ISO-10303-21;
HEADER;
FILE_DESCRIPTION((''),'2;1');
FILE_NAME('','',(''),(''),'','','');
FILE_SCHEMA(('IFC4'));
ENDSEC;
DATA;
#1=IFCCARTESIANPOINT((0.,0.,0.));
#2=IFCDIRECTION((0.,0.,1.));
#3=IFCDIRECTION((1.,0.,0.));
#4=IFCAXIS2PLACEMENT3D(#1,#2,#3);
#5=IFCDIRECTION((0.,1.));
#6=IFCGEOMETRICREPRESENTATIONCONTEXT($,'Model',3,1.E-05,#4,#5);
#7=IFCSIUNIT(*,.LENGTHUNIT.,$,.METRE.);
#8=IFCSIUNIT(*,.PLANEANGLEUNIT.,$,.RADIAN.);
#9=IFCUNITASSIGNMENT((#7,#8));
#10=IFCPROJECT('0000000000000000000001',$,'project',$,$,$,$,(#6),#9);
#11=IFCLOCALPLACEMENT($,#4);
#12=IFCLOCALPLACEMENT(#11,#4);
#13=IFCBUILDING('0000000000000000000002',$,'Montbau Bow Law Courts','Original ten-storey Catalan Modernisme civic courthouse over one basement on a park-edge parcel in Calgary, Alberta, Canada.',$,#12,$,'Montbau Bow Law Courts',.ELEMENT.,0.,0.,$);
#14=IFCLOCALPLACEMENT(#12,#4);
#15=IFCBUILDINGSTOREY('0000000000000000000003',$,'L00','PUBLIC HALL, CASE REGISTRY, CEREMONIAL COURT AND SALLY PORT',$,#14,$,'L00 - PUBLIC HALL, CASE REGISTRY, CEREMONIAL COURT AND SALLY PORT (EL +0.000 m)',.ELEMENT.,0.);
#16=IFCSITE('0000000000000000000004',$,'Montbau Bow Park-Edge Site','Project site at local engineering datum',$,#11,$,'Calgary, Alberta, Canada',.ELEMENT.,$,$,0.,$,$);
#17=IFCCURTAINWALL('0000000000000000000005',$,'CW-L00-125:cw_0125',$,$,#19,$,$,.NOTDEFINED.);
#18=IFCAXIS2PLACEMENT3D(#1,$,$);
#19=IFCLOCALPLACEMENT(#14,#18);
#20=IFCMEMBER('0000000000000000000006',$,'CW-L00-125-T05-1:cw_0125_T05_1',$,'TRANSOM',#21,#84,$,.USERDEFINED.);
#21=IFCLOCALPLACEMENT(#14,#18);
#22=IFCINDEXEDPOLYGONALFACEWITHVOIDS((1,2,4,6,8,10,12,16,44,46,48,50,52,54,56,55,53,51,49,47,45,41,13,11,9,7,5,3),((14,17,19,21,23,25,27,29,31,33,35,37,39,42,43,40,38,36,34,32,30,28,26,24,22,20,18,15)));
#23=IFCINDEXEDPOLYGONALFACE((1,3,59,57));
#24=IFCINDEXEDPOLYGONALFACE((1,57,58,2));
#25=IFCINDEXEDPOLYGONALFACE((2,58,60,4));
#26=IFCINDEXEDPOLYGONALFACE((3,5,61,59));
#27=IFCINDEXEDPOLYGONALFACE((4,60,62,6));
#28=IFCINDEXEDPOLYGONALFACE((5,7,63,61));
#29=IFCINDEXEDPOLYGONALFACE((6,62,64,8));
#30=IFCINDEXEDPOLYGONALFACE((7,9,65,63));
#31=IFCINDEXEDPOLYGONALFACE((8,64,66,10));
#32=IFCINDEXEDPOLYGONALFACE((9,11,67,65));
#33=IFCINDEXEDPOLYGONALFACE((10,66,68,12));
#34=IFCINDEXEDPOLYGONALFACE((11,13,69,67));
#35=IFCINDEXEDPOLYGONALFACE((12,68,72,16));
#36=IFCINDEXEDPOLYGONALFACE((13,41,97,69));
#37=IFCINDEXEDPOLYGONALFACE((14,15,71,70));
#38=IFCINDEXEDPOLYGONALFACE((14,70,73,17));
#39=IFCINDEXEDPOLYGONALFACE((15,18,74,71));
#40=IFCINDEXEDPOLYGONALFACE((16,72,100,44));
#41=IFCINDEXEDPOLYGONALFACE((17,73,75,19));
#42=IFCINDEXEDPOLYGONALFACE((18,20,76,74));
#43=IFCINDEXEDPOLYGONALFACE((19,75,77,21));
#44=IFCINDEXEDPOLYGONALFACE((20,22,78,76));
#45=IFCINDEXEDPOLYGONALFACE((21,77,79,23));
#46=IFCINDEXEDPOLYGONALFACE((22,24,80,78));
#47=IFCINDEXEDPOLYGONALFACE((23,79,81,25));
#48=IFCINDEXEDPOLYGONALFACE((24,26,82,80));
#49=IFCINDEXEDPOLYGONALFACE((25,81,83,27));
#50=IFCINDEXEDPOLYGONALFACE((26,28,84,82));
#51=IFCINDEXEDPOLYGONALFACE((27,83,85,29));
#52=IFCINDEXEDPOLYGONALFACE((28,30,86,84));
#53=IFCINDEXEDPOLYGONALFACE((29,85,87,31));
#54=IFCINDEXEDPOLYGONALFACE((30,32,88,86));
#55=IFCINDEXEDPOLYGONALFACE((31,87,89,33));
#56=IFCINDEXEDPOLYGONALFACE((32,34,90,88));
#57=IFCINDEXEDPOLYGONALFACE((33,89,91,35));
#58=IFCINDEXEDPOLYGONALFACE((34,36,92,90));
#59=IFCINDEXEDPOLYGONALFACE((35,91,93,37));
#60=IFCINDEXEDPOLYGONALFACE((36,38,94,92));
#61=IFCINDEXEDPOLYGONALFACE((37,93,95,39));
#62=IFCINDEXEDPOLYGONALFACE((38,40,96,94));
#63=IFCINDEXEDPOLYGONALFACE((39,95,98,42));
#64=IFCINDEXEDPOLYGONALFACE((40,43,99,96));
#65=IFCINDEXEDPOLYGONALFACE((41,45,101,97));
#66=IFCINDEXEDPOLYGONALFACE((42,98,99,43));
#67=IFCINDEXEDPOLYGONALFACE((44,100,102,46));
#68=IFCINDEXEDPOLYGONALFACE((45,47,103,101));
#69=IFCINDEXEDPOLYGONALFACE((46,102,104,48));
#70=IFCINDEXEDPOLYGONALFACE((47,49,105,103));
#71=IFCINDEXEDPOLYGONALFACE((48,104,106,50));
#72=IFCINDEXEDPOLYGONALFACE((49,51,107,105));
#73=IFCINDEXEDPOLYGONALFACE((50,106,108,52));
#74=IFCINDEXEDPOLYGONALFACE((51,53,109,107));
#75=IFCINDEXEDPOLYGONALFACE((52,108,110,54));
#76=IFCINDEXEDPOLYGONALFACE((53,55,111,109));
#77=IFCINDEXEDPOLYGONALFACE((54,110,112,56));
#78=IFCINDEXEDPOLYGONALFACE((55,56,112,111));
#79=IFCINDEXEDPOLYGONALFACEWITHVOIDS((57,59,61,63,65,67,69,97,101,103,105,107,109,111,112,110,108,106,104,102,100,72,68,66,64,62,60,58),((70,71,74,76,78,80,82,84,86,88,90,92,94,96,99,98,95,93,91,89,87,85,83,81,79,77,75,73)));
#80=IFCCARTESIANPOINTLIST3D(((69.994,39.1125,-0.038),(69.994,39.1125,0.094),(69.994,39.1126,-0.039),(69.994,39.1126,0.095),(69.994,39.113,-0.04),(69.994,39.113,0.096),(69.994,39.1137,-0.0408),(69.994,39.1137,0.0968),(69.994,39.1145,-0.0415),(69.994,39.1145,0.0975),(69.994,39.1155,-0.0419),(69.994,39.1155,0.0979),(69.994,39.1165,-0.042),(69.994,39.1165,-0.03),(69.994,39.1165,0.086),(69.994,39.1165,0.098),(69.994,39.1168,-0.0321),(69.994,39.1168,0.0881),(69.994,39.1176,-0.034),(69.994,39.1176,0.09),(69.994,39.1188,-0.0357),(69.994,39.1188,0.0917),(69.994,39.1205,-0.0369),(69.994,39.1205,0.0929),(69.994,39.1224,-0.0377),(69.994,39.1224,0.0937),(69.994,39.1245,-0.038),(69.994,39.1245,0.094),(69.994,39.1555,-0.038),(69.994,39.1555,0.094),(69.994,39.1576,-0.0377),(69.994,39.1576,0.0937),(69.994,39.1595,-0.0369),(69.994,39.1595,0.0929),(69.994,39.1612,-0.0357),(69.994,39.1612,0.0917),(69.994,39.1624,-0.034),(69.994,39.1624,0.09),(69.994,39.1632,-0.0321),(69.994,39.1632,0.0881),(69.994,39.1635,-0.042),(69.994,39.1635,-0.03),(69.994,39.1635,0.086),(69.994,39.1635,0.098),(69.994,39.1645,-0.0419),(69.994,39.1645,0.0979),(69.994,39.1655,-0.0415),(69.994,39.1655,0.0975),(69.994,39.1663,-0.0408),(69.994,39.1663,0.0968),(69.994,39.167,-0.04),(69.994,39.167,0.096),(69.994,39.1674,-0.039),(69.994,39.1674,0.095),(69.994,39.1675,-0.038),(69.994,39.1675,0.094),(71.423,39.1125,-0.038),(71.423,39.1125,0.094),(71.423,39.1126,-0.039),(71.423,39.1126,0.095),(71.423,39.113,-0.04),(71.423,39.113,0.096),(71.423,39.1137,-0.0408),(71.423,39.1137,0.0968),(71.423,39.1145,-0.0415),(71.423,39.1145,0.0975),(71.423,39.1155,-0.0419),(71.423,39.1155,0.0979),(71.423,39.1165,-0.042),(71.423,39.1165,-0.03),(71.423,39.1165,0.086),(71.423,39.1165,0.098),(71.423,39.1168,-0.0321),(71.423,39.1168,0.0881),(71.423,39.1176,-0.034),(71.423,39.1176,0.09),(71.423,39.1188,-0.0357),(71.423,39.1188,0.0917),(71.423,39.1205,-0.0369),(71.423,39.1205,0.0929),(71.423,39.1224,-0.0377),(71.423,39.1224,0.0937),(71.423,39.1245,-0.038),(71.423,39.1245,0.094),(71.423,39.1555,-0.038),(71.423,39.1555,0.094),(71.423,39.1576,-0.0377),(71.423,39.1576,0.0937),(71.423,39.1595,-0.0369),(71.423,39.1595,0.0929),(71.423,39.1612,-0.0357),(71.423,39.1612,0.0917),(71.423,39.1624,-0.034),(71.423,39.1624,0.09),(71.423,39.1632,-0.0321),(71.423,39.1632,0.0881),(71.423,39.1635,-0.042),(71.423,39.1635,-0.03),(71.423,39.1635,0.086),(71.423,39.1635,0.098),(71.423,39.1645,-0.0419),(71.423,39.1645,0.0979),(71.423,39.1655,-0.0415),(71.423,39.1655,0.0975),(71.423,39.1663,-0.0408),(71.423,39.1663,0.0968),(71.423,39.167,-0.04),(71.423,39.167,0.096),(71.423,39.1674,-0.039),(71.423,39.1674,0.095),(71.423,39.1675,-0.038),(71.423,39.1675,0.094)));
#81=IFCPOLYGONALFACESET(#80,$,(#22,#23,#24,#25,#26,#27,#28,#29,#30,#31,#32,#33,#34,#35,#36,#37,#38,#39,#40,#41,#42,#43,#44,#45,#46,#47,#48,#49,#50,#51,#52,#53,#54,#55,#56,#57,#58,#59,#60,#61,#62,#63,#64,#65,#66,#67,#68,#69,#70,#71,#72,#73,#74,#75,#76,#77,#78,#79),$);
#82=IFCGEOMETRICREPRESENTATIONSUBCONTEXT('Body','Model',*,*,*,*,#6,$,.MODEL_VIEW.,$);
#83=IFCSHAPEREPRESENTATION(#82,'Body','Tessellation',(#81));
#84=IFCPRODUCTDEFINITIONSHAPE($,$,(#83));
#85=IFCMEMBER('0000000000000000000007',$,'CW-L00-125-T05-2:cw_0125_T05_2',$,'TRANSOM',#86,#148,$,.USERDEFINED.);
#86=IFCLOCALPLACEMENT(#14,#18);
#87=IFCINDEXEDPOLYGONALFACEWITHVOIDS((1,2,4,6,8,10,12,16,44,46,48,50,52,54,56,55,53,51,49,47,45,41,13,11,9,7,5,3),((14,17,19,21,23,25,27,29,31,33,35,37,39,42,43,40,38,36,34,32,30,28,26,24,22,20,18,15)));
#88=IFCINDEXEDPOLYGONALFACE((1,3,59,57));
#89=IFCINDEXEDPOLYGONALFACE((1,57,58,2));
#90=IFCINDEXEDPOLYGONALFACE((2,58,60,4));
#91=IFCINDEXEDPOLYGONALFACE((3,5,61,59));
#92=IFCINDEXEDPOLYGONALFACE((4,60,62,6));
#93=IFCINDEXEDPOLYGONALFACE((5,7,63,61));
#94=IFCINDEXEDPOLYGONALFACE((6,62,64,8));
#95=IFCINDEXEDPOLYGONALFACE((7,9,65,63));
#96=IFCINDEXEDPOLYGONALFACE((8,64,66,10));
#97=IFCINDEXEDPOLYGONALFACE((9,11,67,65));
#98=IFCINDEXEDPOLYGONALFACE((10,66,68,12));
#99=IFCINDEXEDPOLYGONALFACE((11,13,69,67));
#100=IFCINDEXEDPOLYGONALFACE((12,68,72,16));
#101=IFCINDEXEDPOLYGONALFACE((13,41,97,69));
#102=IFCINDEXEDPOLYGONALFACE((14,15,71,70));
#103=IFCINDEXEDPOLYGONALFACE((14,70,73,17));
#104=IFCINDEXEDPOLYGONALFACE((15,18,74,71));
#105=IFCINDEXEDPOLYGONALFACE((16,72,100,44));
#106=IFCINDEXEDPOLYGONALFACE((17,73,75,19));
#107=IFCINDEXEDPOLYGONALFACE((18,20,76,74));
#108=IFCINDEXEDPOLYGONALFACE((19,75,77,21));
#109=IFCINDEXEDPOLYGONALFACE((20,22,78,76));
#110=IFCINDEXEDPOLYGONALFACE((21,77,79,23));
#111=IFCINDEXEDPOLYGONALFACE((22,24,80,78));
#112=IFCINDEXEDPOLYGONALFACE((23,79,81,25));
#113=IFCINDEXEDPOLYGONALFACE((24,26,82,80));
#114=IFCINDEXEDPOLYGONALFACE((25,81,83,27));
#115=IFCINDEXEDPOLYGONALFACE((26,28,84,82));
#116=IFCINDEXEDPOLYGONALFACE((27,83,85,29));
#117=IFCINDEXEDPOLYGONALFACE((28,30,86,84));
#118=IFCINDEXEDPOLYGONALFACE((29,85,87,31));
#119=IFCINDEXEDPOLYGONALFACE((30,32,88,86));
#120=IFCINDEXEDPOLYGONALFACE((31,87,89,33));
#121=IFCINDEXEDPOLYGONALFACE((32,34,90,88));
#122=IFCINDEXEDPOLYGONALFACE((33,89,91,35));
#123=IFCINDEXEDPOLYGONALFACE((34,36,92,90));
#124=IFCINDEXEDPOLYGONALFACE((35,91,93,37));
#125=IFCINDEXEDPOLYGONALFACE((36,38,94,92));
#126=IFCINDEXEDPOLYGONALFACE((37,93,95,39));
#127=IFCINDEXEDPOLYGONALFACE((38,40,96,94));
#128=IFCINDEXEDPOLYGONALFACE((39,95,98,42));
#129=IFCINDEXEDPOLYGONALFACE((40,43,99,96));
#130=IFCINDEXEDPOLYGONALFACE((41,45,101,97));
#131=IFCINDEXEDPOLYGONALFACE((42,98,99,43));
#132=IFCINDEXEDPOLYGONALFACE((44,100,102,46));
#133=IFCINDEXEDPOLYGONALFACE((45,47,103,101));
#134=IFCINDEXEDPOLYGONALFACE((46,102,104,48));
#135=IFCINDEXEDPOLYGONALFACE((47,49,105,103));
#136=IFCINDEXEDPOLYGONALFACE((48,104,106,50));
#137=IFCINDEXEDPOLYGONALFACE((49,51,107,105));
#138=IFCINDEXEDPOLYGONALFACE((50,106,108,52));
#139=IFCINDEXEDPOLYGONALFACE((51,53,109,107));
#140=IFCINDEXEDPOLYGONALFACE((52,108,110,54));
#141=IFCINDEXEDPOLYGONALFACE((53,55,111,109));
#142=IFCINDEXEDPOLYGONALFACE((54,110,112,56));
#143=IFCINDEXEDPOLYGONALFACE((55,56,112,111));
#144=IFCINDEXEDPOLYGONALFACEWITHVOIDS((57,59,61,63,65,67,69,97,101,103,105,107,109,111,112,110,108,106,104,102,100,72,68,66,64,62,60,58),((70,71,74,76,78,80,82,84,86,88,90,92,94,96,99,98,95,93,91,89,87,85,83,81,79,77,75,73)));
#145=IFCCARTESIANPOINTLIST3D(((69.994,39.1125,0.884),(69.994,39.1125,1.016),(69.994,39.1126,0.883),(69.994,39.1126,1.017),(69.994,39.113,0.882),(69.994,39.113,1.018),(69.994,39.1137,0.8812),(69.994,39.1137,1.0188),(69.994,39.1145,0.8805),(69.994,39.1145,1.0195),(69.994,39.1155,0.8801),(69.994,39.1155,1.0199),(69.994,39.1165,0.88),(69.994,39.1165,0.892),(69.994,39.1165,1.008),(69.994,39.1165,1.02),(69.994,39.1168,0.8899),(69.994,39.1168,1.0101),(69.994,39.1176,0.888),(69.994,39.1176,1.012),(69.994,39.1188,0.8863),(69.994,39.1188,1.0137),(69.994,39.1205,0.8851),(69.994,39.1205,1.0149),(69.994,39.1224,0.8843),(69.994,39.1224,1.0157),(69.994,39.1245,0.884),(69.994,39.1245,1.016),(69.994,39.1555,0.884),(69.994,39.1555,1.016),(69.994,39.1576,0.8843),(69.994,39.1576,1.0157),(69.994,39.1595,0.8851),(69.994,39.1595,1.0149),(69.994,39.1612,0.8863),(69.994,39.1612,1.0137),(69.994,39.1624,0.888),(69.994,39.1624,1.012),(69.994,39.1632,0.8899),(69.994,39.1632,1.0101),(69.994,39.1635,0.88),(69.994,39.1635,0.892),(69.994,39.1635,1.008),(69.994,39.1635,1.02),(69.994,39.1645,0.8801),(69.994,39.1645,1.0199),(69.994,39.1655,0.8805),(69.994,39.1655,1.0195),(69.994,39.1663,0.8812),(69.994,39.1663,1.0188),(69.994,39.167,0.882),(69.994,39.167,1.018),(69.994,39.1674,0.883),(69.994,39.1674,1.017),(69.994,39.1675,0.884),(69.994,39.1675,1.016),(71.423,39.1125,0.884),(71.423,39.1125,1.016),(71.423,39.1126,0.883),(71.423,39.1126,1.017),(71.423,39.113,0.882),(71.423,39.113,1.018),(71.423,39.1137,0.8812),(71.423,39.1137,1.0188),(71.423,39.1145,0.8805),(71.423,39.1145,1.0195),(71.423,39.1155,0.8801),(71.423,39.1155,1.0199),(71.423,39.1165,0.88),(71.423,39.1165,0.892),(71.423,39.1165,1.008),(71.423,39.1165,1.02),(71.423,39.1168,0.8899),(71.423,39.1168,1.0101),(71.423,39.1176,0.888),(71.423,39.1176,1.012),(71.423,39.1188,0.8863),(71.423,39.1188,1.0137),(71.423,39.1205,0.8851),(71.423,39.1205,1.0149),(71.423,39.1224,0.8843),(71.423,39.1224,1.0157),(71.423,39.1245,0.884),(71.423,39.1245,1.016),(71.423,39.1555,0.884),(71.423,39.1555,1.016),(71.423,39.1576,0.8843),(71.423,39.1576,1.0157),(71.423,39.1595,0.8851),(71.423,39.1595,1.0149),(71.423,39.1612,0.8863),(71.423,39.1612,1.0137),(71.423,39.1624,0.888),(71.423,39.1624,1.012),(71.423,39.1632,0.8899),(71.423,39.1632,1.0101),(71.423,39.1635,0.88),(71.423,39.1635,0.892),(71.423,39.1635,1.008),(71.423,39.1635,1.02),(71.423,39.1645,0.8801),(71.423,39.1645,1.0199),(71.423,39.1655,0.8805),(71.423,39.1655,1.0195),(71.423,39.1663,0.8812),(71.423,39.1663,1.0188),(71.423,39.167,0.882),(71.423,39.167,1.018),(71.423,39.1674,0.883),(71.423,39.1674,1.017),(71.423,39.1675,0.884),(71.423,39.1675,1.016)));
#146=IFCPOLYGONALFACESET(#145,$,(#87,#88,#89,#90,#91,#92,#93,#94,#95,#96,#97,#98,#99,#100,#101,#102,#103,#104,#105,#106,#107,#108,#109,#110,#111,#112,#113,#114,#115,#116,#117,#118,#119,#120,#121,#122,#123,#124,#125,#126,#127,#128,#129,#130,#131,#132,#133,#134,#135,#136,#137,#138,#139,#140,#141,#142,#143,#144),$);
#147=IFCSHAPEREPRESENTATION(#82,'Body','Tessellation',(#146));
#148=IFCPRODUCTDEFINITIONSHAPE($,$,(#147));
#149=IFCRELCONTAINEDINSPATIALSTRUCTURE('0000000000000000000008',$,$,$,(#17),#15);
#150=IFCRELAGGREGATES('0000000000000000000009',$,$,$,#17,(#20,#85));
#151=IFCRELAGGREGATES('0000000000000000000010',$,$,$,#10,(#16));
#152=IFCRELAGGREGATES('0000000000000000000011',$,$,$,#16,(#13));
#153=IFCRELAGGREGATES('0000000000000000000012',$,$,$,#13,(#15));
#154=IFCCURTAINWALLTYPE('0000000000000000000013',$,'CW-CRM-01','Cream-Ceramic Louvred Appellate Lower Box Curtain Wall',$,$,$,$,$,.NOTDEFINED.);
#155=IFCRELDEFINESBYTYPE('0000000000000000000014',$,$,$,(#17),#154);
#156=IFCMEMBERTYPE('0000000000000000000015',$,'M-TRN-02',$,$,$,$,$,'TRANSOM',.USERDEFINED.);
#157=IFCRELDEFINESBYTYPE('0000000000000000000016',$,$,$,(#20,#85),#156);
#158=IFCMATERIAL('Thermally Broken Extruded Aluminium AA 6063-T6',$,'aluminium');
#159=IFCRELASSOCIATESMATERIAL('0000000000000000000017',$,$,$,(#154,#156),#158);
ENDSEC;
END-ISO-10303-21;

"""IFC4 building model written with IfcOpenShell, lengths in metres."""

from ifc_helpers import new_model, si_unit, direction, frame, origin_with_axes, origin_2d_with_axis, place, context, subcontext, project, spatial, hollow_rectangle, extrude, material, material_profile, profile_set, type_object, element, aggregate, save


model = new_model("IFC4")

# Units and contexts
model_context = context("Model", 3, precision=1e-05, world=origin_with_axes(), true_north=direction((0.0, 1.0)))
body_context = subcontext(model_context, "Body", "Model", "MODEL_VIEW")
ifc_project = project(units=[si_unit("LENGTHUNIT", "METRE"), si_unit("PLANEANGLEUNIT", "RADIAN")], contexts=[model_context])

# Site, building, storey
site_placement = place(None, origin_with_axes())
site = spatial("IfcSite", under=ifc_project, at=site_placement, Name="Montbau Bow Park-Edge Site", Description="Project site at local engineering datum", LongName="Calgary, Alberta, Canada", CompositionType="ELEMENT", RefElevation=0.0)
building_placement = place(site_placement, origin_with_axes())
building = spatial("IfcBuilding", under=site, at=building_placement, Name="Montbau Bow Law Courts", Description="Original ten-storey Catalan Modernisme civic courthouse over one basement on a park-edge parcel in Calgary, Alberta, Canada.", LongName="Montbau Bow Law Courts", CompositionType="ELEMENT", ElevationOfRefHeight=0.0, ElevationOfTerrain=0.0)
storey_placement = place(building_placement, origin_with_axes())
storey = spatial("IfcBuildingStorey", under=building, at=storey_placement, Name="L00", Description="PUBLIC HALL, CASE REGISTRY, CEREMONIAL COURT AND SALLY PORT", LongName="L00 - PUBLIC HALL, CASE REGISTRY, CEREMONIAL COURT AND SALLY PORT (EL +0.000 m)", CompositionType="ELEMENT", Elevation=0.0)

# Curtain wall
ifc_material_1 = material(Name="Thermally Broken Extruded Aluminium AA 6063-T6", Category="aluminium")
curtain_wall_type = type_object("IfcCurtainWallType", Name="CW-CRM-01", Description="Cream-Ceramic Louvred Appellate Lower Box Curtain Wall", PredefinedType="NOTDEFINED", material=ifc_material_1)
curtain_wall_1_placement = place(None, frame((63.868, 39.14, 0.0), z_axis=(0.0, 0.0, 1.0), x_axis=(1.0, 0.0, 0.0)))
curtain_wall_1 = element("IfcCurtainWall", 1, at=curtain_wall_1_placement, inside=storey, type_object=curtain_wall_type, Name="CW-L00-125:cw_0125", PredefinedType="NOTDEFINED")

# Members
ifc_material_profile_1 = material_profile(ifc_material_1, hollow_rectangle(XDim=0.055, YDim=0.14, WallThickness=0.004, InnerFilletRadius=0.008, OuterFilletRadius=0.004, at=origin_2d_with_axis()), Name="CWT-140X55", Category="Main", Priority=0)
ifc_profile_set_1 = profile_set([ifc_material_profile_1], Name="Thermally Broken Extruded Aluminium AA 6063-T6")
member_type_1 = type_object("IfcMemberType", Name="M-TRN-02", ElementType="TRANSOM", PredefinedType="USERDEFINED", material=ifc_profile_set_1)
member_1_placement = place(None, frame((69.994, 39.14, 0.028), z_axis=(1.0, 0.0, 0.0), x_axis=(0.0, 1.0, 0.0)))
member_1 = element("IfcMember", 2, at=member_1_placement, type_object=member_type_1, Name="CW-L00-125-T05-1:cw_0125_T05_1", ObjectType="TRANSOM", PredefinedType="USERDEFINED", context=body_context, shape_type="SweptSolid", body=[
    extrude(hollow_rectangle(XDim=0.055, YDim=0.14, WallThickness=0.004, InnerFilletRadius=0.008, OuterFilletRadius=0.004, at=origin_2d_with_axis()), origin_with_axes(), (0.0, 0.0, 1.0), 1.429),
])
member_2_placement = place(None, frame((69.994, 39.14, 0.95), z_axis=(1.0, 0.0, 0.0), x_axis=(0.0, 1.0, 0.0)))
member_2 = element("IfcMember", 3, at=member_2_placement, type_object=member_type_1, Name="CW-L00-125-T05-2:cw_0125_T05_2", ObjectType="TRANSOM", PredefinedType="USERDEFINED", context=body_context, shape_type="SweptSolid", body=[
    extrude(hollow_rectangle(XDim=0.055, YDim=0.14, WallThickness=0.004, InnerFilletRadius=0.008, OuterFilletRadius=0.004, at=origin_2d_with_axis()), origin_with_axes(), (0.0, 0.0, 1.0), 1.429),
])

aggregate(curtain_wall_1, [member_1, member_2])

save(model, "model.ifc")
